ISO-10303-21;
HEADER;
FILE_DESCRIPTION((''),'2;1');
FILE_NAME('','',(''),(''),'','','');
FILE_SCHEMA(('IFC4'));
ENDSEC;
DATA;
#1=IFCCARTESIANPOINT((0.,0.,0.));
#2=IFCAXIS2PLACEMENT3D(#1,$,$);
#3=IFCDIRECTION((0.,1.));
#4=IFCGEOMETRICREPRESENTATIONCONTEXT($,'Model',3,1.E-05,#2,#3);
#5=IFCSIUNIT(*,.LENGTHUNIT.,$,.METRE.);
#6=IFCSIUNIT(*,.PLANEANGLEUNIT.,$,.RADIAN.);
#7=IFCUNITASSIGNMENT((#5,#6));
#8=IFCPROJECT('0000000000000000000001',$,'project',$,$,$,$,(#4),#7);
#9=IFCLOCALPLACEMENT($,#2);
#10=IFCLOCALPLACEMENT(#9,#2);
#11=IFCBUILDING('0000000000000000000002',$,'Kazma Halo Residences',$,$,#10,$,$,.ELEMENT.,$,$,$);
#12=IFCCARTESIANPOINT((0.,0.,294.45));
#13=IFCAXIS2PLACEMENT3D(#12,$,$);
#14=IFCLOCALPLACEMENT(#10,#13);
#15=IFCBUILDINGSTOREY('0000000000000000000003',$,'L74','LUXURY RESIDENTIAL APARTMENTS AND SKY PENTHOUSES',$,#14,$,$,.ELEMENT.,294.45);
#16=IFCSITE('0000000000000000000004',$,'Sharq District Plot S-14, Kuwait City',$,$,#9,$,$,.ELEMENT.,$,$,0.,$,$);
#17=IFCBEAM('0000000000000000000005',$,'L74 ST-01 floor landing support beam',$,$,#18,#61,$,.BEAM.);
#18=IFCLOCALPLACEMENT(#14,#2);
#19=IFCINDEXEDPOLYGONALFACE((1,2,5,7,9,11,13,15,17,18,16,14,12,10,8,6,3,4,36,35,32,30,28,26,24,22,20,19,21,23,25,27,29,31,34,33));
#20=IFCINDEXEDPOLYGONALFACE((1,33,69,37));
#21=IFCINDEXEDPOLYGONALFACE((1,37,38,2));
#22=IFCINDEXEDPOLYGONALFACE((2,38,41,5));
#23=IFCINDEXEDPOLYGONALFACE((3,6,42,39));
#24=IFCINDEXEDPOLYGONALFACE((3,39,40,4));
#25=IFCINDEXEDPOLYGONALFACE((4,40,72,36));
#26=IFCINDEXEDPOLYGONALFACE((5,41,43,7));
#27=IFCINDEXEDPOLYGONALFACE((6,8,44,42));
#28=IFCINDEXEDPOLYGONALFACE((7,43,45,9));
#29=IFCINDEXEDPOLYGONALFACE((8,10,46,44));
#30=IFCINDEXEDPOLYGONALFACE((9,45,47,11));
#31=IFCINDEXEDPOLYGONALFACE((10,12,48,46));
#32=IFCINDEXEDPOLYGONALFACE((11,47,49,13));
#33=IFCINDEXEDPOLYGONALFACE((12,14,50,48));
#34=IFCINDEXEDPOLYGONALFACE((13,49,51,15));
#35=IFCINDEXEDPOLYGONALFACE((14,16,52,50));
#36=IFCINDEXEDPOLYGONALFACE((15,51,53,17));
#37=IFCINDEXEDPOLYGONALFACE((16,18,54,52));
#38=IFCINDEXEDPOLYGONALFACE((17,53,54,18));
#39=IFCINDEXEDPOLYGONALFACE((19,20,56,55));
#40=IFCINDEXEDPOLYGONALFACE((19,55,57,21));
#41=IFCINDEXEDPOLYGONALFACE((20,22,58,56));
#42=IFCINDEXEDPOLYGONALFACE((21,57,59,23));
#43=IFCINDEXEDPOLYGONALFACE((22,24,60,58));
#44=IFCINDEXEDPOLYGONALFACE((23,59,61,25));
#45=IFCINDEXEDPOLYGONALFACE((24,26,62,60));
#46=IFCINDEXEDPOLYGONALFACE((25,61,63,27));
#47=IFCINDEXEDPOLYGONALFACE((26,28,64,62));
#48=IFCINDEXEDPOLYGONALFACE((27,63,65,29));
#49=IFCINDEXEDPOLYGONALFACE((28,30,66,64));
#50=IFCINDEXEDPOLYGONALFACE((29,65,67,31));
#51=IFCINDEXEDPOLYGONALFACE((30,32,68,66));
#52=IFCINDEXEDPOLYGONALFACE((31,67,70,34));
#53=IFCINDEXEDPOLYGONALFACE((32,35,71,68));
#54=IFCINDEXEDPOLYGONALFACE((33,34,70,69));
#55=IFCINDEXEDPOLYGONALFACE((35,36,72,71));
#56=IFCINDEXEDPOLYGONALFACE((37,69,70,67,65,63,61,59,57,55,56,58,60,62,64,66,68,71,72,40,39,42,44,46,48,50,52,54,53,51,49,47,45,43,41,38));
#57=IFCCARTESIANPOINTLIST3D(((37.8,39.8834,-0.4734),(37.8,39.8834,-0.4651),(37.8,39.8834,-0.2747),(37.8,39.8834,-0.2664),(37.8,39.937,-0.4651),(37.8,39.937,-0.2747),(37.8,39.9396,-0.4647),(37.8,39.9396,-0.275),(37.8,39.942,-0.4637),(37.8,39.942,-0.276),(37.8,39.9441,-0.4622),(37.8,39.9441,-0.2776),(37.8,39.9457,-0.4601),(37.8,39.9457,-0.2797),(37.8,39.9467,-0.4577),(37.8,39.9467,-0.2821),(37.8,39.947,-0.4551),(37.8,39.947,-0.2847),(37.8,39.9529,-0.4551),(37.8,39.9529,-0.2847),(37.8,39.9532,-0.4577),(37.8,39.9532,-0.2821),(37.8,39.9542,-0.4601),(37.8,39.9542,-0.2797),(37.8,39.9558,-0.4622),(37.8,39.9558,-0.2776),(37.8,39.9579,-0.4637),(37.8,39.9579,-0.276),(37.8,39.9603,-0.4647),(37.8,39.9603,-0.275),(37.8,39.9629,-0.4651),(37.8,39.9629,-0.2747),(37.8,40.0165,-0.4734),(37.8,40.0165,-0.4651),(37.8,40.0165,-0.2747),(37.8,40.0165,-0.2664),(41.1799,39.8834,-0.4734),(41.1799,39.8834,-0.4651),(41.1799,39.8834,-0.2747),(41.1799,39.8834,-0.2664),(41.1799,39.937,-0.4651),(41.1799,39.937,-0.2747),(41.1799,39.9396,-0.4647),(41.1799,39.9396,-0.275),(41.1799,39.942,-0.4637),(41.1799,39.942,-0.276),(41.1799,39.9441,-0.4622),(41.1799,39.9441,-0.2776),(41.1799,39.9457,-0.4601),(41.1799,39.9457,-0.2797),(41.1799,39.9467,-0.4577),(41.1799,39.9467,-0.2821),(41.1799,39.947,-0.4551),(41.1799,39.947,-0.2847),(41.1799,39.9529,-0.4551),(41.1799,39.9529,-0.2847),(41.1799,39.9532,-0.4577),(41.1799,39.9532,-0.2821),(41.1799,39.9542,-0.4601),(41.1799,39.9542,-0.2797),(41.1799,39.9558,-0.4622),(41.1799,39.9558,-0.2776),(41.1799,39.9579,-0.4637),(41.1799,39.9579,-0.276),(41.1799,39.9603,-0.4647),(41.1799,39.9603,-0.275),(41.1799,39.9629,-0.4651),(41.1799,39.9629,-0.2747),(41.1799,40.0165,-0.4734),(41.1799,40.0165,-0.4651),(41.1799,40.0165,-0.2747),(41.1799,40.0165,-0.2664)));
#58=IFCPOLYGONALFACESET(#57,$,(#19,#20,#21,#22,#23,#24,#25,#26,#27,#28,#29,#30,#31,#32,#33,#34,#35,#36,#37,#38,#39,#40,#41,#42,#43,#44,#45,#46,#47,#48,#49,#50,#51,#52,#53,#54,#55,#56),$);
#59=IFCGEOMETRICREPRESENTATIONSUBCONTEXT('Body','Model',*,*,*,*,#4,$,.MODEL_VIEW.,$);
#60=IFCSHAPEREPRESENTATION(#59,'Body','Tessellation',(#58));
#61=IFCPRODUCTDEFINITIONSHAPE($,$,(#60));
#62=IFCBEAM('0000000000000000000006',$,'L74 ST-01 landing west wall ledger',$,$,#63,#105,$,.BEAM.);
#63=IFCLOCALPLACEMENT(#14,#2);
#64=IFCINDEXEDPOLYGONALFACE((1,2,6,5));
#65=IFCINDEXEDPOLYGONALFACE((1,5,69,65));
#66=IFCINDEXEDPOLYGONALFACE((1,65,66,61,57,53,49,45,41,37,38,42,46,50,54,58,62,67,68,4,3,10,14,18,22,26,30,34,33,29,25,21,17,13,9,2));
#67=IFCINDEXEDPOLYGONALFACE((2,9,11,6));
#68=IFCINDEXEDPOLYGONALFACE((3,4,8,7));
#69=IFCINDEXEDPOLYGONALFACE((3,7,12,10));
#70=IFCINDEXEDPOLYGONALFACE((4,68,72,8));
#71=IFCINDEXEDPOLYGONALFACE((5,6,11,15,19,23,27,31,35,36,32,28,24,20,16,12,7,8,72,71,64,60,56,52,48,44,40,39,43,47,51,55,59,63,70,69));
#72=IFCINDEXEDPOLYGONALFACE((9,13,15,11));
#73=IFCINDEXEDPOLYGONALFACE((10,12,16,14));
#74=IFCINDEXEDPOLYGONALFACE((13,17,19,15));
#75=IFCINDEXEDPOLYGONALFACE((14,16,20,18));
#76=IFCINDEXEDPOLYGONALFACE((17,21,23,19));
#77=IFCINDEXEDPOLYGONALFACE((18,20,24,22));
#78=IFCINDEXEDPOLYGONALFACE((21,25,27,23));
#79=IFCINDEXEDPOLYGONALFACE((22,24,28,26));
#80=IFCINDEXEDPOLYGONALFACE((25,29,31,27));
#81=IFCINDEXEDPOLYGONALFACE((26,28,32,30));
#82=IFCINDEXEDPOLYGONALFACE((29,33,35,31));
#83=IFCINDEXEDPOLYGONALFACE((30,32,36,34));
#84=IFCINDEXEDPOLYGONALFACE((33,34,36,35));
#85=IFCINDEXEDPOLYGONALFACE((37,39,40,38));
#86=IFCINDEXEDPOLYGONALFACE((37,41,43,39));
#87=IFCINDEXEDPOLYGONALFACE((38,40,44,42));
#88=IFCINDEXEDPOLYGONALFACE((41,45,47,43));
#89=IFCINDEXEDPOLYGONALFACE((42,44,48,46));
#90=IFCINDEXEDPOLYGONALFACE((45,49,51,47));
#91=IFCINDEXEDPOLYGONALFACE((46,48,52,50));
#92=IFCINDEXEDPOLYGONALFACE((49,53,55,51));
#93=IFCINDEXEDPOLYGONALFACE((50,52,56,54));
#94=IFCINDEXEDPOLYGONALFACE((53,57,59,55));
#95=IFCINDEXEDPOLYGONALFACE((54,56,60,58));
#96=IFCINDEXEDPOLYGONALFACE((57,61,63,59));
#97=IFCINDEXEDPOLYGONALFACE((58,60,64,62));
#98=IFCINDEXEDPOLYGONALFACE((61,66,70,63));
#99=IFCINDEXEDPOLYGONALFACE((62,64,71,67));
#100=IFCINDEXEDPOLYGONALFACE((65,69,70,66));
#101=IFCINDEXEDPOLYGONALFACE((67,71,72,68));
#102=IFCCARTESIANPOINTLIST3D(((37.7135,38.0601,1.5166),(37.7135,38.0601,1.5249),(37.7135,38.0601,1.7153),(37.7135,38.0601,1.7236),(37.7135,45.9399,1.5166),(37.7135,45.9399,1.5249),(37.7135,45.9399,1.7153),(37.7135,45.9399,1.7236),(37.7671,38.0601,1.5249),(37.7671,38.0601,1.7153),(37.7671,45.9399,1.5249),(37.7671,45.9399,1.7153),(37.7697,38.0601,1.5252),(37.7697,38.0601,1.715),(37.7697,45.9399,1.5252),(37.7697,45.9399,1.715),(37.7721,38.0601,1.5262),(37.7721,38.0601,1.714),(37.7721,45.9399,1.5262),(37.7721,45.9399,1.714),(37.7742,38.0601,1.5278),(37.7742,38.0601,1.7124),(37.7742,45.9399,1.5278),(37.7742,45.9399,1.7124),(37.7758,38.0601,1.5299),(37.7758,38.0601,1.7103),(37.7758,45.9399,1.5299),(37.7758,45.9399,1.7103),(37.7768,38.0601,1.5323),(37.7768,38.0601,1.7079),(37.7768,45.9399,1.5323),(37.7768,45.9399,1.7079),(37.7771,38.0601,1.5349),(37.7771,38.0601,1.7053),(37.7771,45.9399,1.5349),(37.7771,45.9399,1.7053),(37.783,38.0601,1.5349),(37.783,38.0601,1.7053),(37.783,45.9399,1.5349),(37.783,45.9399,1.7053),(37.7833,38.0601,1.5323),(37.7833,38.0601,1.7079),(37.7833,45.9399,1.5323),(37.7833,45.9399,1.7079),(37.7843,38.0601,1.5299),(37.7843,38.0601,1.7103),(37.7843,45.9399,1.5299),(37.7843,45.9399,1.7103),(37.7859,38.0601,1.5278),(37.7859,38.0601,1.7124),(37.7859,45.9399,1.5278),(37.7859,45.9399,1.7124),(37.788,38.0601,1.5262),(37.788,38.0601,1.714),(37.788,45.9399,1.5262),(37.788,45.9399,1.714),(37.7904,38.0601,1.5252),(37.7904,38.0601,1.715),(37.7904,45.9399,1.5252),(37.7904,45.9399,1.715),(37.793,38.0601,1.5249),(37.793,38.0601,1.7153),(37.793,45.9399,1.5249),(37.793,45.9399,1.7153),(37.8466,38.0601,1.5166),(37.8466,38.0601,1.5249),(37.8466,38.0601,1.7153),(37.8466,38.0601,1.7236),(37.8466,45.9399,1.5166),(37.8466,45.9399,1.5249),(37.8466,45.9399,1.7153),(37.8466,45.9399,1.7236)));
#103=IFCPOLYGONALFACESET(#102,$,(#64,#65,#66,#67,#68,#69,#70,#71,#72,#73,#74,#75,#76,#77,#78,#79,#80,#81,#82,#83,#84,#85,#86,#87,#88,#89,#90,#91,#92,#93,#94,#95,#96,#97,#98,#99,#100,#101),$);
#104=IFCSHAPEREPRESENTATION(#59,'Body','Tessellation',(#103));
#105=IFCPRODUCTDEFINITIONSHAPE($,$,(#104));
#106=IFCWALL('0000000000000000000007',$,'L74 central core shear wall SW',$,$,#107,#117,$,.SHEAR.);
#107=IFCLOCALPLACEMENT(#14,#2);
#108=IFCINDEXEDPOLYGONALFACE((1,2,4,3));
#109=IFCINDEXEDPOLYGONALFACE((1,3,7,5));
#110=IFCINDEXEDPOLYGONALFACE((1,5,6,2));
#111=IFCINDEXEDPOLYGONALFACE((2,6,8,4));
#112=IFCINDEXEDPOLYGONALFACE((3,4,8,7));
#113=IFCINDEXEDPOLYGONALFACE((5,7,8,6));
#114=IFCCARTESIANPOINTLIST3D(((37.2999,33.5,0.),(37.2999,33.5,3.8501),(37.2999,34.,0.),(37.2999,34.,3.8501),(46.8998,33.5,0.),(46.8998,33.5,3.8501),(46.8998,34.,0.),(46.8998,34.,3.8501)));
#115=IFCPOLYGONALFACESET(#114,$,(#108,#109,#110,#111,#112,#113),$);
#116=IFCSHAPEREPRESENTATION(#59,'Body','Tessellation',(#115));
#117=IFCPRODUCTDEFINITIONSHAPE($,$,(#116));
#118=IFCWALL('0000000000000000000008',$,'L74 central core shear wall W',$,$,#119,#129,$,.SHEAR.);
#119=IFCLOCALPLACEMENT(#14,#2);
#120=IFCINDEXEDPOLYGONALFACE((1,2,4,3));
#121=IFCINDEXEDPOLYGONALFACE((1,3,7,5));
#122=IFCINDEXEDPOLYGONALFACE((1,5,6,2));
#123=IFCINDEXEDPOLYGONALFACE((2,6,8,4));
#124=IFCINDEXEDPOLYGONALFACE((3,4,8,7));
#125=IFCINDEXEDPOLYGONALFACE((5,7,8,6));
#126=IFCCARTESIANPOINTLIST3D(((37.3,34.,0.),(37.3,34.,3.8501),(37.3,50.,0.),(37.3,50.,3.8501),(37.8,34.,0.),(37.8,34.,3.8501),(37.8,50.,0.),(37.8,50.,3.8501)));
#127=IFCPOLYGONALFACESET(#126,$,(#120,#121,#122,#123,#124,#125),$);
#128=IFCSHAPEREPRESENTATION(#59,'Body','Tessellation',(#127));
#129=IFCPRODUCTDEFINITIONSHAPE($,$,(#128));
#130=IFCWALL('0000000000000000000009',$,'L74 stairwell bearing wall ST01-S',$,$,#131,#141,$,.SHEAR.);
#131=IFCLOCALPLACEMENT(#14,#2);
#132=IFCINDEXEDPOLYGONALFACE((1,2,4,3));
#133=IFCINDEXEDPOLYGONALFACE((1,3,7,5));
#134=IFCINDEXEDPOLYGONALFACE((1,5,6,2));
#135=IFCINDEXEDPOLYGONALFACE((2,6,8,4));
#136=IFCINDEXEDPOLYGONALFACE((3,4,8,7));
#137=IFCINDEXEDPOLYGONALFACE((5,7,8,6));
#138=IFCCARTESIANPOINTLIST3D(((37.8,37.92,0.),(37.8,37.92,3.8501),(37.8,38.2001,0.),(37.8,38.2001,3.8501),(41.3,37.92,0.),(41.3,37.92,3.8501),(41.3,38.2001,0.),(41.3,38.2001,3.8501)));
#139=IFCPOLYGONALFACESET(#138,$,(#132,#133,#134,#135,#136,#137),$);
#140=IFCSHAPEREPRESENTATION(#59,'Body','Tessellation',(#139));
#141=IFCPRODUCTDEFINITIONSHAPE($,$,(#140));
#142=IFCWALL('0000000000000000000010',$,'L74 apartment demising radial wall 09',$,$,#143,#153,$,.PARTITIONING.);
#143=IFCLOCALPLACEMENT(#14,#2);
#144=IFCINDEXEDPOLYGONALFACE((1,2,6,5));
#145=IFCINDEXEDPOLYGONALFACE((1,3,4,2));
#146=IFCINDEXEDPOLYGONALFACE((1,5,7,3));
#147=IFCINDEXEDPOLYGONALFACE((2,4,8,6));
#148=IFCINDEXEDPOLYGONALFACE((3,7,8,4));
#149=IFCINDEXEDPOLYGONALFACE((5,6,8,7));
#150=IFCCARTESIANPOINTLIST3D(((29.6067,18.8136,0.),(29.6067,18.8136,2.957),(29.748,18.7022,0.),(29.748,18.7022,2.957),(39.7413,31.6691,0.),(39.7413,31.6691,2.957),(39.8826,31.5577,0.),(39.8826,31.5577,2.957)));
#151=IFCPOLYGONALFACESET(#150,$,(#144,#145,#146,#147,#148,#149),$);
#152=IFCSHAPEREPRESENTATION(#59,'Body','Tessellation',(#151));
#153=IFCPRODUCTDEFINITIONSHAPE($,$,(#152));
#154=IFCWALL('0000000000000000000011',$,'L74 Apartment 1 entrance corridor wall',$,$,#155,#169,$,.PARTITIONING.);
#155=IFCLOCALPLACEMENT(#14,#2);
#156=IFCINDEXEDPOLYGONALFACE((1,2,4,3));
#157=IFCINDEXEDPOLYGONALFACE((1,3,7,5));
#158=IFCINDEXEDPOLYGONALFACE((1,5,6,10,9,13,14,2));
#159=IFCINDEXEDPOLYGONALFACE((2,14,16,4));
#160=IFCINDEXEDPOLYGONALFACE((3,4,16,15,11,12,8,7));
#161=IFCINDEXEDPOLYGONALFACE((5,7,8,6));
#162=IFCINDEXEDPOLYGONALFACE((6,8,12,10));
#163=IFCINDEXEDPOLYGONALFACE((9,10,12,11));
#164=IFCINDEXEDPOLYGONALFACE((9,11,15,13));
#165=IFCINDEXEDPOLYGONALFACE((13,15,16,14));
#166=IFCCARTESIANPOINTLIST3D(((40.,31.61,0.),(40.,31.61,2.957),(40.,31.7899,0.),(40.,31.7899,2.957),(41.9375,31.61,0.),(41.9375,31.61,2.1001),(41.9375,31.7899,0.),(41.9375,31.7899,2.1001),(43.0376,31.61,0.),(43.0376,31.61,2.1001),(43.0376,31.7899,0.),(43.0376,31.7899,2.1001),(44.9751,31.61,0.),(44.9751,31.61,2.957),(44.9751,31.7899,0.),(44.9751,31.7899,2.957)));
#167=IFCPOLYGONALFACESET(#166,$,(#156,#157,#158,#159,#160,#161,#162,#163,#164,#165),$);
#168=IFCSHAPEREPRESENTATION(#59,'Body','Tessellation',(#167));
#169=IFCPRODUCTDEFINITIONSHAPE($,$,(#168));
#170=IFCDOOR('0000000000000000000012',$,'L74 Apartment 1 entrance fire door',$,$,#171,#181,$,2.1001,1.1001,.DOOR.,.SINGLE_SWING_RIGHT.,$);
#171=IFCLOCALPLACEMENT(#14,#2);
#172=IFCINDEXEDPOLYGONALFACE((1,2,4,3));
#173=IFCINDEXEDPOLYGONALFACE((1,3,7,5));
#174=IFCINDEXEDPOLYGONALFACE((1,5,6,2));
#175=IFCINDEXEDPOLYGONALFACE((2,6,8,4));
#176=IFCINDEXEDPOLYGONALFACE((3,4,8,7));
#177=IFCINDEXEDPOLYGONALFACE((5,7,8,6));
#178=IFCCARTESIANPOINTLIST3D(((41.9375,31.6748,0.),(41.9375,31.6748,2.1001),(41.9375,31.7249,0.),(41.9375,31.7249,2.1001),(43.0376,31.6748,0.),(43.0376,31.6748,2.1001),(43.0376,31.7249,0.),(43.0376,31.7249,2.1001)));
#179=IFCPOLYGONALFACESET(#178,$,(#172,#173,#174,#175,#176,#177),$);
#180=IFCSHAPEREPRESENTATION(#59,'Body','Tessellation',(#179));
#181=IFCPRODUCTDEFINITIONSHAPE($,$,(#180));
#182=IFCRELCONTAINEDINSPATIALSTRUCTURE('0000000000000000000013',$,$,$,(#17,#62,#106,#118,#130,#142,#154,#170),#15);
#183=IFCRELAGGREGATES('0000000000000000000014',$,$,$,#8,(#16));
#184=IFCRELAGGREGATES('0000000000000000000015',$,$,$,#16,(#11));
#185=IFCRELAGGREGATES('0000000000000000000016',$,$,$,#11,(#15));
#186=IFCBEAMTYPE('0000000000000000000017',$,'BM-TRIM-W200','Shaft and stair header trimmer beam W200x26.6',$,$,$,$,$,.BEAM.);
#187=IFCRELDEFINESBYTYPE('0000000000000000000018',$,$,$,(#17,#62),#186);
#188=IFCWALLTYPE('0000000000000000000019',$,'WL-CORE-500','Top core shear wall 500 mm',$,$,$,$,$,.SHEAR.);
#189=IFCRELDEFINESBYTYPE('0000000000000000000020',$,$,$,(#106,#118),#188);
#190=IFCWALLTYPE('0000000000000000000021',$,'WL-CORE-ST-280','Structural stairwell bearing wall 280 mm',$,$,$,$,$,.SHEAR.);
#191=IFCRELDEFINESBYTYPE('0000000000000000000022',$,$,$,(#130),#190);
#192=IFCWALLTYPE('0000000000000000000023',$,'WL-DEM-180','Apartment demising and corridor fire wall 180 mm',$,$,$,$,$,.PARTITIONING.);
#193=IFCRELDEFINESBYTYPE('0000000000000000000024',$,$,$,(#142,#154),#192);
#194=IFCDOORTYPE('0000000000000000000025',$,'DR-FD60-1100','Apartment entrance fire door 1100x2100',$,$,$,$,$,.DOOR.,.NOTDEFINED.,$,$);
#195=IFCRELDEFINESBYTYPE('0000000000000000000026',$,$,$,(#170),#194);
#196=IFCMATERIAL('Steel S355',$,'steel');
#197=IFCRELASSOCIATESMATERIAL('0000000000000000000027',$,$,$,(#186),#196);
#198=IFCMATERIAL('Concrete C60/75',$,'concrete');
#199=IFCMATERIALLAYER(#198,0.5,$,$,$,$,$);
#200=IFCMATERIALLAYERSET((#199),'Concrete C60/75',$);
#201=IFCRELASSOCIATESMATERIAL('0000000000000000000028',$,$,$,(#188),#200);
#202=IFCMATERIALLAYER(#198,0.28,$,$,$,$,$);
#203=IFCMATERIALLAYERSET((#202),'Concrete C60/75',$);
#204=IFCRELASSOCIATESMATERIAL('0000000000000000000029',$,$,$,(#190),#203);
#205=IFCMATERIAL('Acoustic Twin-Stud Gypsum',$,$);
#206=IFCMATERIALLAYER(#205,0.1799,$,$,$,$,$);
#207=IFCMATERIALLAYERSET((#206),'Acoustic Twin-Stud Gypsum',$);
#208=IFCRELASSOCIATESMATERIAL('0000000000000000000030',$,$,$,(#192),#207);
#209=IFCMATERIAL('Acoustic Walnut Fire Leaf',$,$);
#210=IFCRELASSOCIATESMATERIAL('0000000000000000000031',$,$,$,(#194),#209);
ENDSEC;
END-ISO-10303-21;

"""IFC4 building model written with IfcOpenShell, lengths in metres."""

from ifc_helpers import new_model, si_unit, direction, frame, frame_2d, origin, origin_2d, place, context, subcontext, project, spatial, rectangle, i_section, extrude, material, layer, layer_set, material_profile, profile_set, type_object, element, fill, save


model = new_model("IFC4")

# Units and contexts
model_context = context("Model", 3, precision=1e-05, world=origin(), true_north=direction((0.0, 1.0)))
body_context = subcontext(model_context, "Body", "Model", "MODEL_VIEW")
ifc_project = project(units=[si_unit("LENGTHUNIT", "METRE"), si_unit("PLANEANGLEUNIT", "RADIAN")], contexts=[model_context])

# Site, building, storey
site_placement = place(None, origin())
site = spatial("IfcSite", under=ifc_project, at=site_placement, Name="Sharq District Plot S-14, Kuwait City", CompositionType="ELEMENT", RefElevation=0.0)
building_placement = place(site_placement, origin())
building = spatial("IfcBuilding", under=site, at=building_placement, Name="Kazma Halo Residences", CompositionType="ELEMENT")
storey_placement = place(building_placement, frame((0.0, 0.0, 294.45)))
storey = spatial("IfcBuildingStorey", under=building, at=storey_placement, Name="L74", Description="LUXURY RESIDENTIAL APARTMENTS AND SKY PENTHOUSES", CompositionType="ELEMENT", Elevation=294.45)

# Beams
ifc_material_1 = material(Name="Steel S355", Category="steel")
ifc_material_profile_1 = material_profile(ifc_material_1, i_section(OverallWidth=0.1331, OverallDepth=0.207, WebThickness=0.0059, FlangeThickness=0.0083, FilletRadius=0.01, at=origin_2d()), Name="W200x26.6")
ifc_profile_set_1 = profile_set([ifc_material_profile_1], Name="Steel S355")
beam_type_1 = type_object("IfcBeamType", Name="BM-TRIM-W200", Description="Shaft and stair header trimmer beam W200x26.6", PredefinedType="BEAM", material=ifc_profile_set_1)
beam_1_placement = place(storey_placement, frame((37.8, 39.95, -0.3699), z_axis=(1.0, 0.0, 0.0), x_axis=(0.0, 1.0, 0.0)))
element("IfcBeam", 1, at=beam_1_placement, inside=storey, type_object=beam_type_1, Name="L74 ST-01 floor landing support beam", PredefinedType="BEAM", context=body_context, shape_type="SweptSolid", body=[
    extrude(i_section(OverallWidth=0.1331, OverallDepth=0.207, WebThickness=0.0059, FlangeThickness=0.0083, FilletRadius=0.01, at=origin_2d()), origin(), (0.0, 0.0, 1.0), 3.3799),
])
beam_2_placement = place(storey_placement, frame((37.78, 38.0601, 1.6201), z_axis=(0.0, 1.0, 0.0), x_axis=(-1.0, 0.0, 0.0)))
element("IfcBeam", 2, at=beam_2_placement, inside=storey, type_object=beam_type_1, Name="L74 ST-01 landing west wall ledger", PredefinedType="BEAM", context=body_context, shape_type="SweptSolid", body=[
    extrude(i_section(OverallWidth=0.1331, OverallDepth=0.207, WebThickness=0.0059, FlangeThickness=0.0083, FilletRadius=0.01, at=origin_2d()), origin(), (0.0, 0.0, 1.0), 7.8799),
])

# Walls
ifc_material_2 = material(Name="Concrete C60/75", Category="concrete")
ifc_layer_1 = layer(ifc_material_2, 0.5)
ifc_layer_set_1 = layer_set([ifc_layer_1], Name="Concrete C60/75")
wall_type_1 = type_object("IfcWallType", Name="WL-CORE-500", Description="Top core shear wall 500 mm", PredefinedType="SHEAR", material=ifc_layer_set_1)
wall_1_placement = place(storey_placement, frame((37.3, 33.75, 0.0), z_axis=(0.0, 0.0, 1.0), x_axis=(1.0, 0.0, 0.0)))
element("IfcWall", 3, at=wall_1_placement, inside=storey, type_object=wall_type_1, Name="L74 central core shear wall SW", PredefinedType="SHEAR", context=body_context, shape_type="SweptSolid", body=[
    extrude(rectangle(XDim=9.5999, YDim=0.5, at=frame_2d((4.7998, 0.0))), origin(), (0.0, 0.0, 1.0), 3.8501),
])
wall_2_placement = place(storey_placement, frame((37.55, 34.0, 0.0), z_axis=(0.0, 0.0, 1.0), x_axis=(0.0, 1.0, 0.0)))
element("IfcWall", 4, at=wall_2_placement, inside=storey, type_object=wall_type_1, Name="L74 central core shear wall W", PredefinedType="SHEAR", context=body_context, shape_type="SweptSolid", body=[
    extrude(rectangle(XDim=16.0, YDim=0.5, at=frame_2d((8.0, 0.0))), origin(), (0.0, 0.0, 1.0), 3.8501),
])
ifc_layer_2 = layer(ifc_material_2, 0.28)
ifc_layer_set_2 = layer_set([ifc_layer_2], Name="Concrete C60/75")
wall_type_2 = type_object("IfcWallType", Name="WL-CORE-ST-280", Description="Structural stairwell bearing wall 280 mm", PredefinedType="SHEAR", material=ifc_layer_set_2)
wall_3_placement = place(storey_placement, frame((37.8, 38.0601, 0.0), z_axis=(0.0, 0.0, 1.0), x_axis=(1.0, 0.0, 0.0)))
element("IfcWall", 5, at=wall_3_placement, inside=storey, type_object=wall_type_2, Name="L74 stairwell bearing wall ST01-S", PredefinedType="SHEAR", context=body_context, shape_type="SweptSolid", body=[
    extrude(rectangle(XDim=3.5, YDim=0.28, at=frame_2d((1.75, 0.0))), origin(), (0.0, 0.0, 1.0), 3.8501),
])
ifc_material_3 = material(Name="Acoustic Twin-Stud Gypsum")
ifc_layer_3 = layer(ifc_material_3, 0.1799)
ifc_layer_set_3 = layer_set([ifc_layer_3], Name="Acoustic Twin-Stud Gypsum")
wall_type_3 = type_object("IfcWallType", Name="WL-DEM-180", Description="Apartment demising and corridor fire wall 180 mm", PredefinedType="PARTITIONING", material=ifc_layer_set_3)
wall_4_placement = place(storey_placement, frame((39.812, 31.6135, 0.0), z_axis=(0.0, 0.0, 1.0), x_axis=(-0.619097, -0.785314, 0.0)))
element("IfcWall", 6, at=wall_4_placement, inside=storey, type_object=wall_type_3, Name="L74 apartment demising radial wall 09", PredefinedType="PARTITIONING", context=body_context, shape_type="SweptSolid", body=[
    extrude(rectangle(XDim=16.3699, YDim=0.1799, at=frame_2d((8.1851, 0.0))), origin(), (0.0, 0.0, 1.0), 2.957),
])

# Wall, opening, door
wall_5_placement = place(storey_placement, frame((40.0, 31.7, 0.0), z_axis=(0.0, 0.0, 1.0), x_axis=(1.0, 0.0, 0.0)))
wall_5 = element("IfcWall", 7, at=wall_5_placement, inside=storey, type_object=wall_type_3, Name="L74 Apartment 1 entrance corridor wall", PredefinedType="PARTITIONING", context=body_context, shape_type="SweptSolid", body=[
    extrude(rectangle(XDim=4.9751, YDim=0.1799, at=frame_2d((2.4875, 0.0))), origin(), (0.0, 0.0, 1.0), 2.957),
])
opening_1_placement = place(wall_5_placement, frame((1.9375, 0.0, 0.0)))
opening_1 = element("IfcOpeningElement", 8, at=opening_1_placement, cuts=wall_5, PredefinedType="OPENING", context=body_context, shape_type="SweptSolid", body=[
    extrude(rectangle(XDim=1.1001, YDim=2.1001, at=frame_2d((0.55, 1.05))), frame((0.0, 0.0999, 0.0), z_axis=(0.0, -1.0, 0.0), x_axis=(1.0, 0.0, 0.0)), (0.0, 0.0, 1.0), 0.2),
])
ifc_material_4 = material(Name="Acoustic Walnut Fire Leaf")
door_type_1 = type_object("IfcDoorType", Name="DR-FD60-1100", Description="Apartment entrance fire door 1100x2100", OperationType="NOTDEFINED", PredefinedType="DOOR", material=ifc_material_4)
door_1_placement = place(opening_1_placement, origin())
door_1 = element("IfcDoor", 9, at=door_1_placement, inside=storey, type_object=door_type_1, Name="L74 Apartment 1 entrance fire door", OperationType="SINGLE_SWING_RIGHT", OverallHeight=2.1001, OverallWidth=1.1001, PredefinedType="DOOR", context=body_context, shape_type="SweptSolid", body=[
    extrude(rectangle(XDim=1.1001, YDim=2.1001, at=frame_2d((0.55, 1.05))), frame((0.0, 0.0249, 0.0), z_axis=(0.0, -1.0, 0.0), x_axis=(1.0, 0.0, 0.0)), (0.0, 0.0, 1.0), 0.05),
])
fill(opening_1, door_1)

save(model, "model.ifc")
